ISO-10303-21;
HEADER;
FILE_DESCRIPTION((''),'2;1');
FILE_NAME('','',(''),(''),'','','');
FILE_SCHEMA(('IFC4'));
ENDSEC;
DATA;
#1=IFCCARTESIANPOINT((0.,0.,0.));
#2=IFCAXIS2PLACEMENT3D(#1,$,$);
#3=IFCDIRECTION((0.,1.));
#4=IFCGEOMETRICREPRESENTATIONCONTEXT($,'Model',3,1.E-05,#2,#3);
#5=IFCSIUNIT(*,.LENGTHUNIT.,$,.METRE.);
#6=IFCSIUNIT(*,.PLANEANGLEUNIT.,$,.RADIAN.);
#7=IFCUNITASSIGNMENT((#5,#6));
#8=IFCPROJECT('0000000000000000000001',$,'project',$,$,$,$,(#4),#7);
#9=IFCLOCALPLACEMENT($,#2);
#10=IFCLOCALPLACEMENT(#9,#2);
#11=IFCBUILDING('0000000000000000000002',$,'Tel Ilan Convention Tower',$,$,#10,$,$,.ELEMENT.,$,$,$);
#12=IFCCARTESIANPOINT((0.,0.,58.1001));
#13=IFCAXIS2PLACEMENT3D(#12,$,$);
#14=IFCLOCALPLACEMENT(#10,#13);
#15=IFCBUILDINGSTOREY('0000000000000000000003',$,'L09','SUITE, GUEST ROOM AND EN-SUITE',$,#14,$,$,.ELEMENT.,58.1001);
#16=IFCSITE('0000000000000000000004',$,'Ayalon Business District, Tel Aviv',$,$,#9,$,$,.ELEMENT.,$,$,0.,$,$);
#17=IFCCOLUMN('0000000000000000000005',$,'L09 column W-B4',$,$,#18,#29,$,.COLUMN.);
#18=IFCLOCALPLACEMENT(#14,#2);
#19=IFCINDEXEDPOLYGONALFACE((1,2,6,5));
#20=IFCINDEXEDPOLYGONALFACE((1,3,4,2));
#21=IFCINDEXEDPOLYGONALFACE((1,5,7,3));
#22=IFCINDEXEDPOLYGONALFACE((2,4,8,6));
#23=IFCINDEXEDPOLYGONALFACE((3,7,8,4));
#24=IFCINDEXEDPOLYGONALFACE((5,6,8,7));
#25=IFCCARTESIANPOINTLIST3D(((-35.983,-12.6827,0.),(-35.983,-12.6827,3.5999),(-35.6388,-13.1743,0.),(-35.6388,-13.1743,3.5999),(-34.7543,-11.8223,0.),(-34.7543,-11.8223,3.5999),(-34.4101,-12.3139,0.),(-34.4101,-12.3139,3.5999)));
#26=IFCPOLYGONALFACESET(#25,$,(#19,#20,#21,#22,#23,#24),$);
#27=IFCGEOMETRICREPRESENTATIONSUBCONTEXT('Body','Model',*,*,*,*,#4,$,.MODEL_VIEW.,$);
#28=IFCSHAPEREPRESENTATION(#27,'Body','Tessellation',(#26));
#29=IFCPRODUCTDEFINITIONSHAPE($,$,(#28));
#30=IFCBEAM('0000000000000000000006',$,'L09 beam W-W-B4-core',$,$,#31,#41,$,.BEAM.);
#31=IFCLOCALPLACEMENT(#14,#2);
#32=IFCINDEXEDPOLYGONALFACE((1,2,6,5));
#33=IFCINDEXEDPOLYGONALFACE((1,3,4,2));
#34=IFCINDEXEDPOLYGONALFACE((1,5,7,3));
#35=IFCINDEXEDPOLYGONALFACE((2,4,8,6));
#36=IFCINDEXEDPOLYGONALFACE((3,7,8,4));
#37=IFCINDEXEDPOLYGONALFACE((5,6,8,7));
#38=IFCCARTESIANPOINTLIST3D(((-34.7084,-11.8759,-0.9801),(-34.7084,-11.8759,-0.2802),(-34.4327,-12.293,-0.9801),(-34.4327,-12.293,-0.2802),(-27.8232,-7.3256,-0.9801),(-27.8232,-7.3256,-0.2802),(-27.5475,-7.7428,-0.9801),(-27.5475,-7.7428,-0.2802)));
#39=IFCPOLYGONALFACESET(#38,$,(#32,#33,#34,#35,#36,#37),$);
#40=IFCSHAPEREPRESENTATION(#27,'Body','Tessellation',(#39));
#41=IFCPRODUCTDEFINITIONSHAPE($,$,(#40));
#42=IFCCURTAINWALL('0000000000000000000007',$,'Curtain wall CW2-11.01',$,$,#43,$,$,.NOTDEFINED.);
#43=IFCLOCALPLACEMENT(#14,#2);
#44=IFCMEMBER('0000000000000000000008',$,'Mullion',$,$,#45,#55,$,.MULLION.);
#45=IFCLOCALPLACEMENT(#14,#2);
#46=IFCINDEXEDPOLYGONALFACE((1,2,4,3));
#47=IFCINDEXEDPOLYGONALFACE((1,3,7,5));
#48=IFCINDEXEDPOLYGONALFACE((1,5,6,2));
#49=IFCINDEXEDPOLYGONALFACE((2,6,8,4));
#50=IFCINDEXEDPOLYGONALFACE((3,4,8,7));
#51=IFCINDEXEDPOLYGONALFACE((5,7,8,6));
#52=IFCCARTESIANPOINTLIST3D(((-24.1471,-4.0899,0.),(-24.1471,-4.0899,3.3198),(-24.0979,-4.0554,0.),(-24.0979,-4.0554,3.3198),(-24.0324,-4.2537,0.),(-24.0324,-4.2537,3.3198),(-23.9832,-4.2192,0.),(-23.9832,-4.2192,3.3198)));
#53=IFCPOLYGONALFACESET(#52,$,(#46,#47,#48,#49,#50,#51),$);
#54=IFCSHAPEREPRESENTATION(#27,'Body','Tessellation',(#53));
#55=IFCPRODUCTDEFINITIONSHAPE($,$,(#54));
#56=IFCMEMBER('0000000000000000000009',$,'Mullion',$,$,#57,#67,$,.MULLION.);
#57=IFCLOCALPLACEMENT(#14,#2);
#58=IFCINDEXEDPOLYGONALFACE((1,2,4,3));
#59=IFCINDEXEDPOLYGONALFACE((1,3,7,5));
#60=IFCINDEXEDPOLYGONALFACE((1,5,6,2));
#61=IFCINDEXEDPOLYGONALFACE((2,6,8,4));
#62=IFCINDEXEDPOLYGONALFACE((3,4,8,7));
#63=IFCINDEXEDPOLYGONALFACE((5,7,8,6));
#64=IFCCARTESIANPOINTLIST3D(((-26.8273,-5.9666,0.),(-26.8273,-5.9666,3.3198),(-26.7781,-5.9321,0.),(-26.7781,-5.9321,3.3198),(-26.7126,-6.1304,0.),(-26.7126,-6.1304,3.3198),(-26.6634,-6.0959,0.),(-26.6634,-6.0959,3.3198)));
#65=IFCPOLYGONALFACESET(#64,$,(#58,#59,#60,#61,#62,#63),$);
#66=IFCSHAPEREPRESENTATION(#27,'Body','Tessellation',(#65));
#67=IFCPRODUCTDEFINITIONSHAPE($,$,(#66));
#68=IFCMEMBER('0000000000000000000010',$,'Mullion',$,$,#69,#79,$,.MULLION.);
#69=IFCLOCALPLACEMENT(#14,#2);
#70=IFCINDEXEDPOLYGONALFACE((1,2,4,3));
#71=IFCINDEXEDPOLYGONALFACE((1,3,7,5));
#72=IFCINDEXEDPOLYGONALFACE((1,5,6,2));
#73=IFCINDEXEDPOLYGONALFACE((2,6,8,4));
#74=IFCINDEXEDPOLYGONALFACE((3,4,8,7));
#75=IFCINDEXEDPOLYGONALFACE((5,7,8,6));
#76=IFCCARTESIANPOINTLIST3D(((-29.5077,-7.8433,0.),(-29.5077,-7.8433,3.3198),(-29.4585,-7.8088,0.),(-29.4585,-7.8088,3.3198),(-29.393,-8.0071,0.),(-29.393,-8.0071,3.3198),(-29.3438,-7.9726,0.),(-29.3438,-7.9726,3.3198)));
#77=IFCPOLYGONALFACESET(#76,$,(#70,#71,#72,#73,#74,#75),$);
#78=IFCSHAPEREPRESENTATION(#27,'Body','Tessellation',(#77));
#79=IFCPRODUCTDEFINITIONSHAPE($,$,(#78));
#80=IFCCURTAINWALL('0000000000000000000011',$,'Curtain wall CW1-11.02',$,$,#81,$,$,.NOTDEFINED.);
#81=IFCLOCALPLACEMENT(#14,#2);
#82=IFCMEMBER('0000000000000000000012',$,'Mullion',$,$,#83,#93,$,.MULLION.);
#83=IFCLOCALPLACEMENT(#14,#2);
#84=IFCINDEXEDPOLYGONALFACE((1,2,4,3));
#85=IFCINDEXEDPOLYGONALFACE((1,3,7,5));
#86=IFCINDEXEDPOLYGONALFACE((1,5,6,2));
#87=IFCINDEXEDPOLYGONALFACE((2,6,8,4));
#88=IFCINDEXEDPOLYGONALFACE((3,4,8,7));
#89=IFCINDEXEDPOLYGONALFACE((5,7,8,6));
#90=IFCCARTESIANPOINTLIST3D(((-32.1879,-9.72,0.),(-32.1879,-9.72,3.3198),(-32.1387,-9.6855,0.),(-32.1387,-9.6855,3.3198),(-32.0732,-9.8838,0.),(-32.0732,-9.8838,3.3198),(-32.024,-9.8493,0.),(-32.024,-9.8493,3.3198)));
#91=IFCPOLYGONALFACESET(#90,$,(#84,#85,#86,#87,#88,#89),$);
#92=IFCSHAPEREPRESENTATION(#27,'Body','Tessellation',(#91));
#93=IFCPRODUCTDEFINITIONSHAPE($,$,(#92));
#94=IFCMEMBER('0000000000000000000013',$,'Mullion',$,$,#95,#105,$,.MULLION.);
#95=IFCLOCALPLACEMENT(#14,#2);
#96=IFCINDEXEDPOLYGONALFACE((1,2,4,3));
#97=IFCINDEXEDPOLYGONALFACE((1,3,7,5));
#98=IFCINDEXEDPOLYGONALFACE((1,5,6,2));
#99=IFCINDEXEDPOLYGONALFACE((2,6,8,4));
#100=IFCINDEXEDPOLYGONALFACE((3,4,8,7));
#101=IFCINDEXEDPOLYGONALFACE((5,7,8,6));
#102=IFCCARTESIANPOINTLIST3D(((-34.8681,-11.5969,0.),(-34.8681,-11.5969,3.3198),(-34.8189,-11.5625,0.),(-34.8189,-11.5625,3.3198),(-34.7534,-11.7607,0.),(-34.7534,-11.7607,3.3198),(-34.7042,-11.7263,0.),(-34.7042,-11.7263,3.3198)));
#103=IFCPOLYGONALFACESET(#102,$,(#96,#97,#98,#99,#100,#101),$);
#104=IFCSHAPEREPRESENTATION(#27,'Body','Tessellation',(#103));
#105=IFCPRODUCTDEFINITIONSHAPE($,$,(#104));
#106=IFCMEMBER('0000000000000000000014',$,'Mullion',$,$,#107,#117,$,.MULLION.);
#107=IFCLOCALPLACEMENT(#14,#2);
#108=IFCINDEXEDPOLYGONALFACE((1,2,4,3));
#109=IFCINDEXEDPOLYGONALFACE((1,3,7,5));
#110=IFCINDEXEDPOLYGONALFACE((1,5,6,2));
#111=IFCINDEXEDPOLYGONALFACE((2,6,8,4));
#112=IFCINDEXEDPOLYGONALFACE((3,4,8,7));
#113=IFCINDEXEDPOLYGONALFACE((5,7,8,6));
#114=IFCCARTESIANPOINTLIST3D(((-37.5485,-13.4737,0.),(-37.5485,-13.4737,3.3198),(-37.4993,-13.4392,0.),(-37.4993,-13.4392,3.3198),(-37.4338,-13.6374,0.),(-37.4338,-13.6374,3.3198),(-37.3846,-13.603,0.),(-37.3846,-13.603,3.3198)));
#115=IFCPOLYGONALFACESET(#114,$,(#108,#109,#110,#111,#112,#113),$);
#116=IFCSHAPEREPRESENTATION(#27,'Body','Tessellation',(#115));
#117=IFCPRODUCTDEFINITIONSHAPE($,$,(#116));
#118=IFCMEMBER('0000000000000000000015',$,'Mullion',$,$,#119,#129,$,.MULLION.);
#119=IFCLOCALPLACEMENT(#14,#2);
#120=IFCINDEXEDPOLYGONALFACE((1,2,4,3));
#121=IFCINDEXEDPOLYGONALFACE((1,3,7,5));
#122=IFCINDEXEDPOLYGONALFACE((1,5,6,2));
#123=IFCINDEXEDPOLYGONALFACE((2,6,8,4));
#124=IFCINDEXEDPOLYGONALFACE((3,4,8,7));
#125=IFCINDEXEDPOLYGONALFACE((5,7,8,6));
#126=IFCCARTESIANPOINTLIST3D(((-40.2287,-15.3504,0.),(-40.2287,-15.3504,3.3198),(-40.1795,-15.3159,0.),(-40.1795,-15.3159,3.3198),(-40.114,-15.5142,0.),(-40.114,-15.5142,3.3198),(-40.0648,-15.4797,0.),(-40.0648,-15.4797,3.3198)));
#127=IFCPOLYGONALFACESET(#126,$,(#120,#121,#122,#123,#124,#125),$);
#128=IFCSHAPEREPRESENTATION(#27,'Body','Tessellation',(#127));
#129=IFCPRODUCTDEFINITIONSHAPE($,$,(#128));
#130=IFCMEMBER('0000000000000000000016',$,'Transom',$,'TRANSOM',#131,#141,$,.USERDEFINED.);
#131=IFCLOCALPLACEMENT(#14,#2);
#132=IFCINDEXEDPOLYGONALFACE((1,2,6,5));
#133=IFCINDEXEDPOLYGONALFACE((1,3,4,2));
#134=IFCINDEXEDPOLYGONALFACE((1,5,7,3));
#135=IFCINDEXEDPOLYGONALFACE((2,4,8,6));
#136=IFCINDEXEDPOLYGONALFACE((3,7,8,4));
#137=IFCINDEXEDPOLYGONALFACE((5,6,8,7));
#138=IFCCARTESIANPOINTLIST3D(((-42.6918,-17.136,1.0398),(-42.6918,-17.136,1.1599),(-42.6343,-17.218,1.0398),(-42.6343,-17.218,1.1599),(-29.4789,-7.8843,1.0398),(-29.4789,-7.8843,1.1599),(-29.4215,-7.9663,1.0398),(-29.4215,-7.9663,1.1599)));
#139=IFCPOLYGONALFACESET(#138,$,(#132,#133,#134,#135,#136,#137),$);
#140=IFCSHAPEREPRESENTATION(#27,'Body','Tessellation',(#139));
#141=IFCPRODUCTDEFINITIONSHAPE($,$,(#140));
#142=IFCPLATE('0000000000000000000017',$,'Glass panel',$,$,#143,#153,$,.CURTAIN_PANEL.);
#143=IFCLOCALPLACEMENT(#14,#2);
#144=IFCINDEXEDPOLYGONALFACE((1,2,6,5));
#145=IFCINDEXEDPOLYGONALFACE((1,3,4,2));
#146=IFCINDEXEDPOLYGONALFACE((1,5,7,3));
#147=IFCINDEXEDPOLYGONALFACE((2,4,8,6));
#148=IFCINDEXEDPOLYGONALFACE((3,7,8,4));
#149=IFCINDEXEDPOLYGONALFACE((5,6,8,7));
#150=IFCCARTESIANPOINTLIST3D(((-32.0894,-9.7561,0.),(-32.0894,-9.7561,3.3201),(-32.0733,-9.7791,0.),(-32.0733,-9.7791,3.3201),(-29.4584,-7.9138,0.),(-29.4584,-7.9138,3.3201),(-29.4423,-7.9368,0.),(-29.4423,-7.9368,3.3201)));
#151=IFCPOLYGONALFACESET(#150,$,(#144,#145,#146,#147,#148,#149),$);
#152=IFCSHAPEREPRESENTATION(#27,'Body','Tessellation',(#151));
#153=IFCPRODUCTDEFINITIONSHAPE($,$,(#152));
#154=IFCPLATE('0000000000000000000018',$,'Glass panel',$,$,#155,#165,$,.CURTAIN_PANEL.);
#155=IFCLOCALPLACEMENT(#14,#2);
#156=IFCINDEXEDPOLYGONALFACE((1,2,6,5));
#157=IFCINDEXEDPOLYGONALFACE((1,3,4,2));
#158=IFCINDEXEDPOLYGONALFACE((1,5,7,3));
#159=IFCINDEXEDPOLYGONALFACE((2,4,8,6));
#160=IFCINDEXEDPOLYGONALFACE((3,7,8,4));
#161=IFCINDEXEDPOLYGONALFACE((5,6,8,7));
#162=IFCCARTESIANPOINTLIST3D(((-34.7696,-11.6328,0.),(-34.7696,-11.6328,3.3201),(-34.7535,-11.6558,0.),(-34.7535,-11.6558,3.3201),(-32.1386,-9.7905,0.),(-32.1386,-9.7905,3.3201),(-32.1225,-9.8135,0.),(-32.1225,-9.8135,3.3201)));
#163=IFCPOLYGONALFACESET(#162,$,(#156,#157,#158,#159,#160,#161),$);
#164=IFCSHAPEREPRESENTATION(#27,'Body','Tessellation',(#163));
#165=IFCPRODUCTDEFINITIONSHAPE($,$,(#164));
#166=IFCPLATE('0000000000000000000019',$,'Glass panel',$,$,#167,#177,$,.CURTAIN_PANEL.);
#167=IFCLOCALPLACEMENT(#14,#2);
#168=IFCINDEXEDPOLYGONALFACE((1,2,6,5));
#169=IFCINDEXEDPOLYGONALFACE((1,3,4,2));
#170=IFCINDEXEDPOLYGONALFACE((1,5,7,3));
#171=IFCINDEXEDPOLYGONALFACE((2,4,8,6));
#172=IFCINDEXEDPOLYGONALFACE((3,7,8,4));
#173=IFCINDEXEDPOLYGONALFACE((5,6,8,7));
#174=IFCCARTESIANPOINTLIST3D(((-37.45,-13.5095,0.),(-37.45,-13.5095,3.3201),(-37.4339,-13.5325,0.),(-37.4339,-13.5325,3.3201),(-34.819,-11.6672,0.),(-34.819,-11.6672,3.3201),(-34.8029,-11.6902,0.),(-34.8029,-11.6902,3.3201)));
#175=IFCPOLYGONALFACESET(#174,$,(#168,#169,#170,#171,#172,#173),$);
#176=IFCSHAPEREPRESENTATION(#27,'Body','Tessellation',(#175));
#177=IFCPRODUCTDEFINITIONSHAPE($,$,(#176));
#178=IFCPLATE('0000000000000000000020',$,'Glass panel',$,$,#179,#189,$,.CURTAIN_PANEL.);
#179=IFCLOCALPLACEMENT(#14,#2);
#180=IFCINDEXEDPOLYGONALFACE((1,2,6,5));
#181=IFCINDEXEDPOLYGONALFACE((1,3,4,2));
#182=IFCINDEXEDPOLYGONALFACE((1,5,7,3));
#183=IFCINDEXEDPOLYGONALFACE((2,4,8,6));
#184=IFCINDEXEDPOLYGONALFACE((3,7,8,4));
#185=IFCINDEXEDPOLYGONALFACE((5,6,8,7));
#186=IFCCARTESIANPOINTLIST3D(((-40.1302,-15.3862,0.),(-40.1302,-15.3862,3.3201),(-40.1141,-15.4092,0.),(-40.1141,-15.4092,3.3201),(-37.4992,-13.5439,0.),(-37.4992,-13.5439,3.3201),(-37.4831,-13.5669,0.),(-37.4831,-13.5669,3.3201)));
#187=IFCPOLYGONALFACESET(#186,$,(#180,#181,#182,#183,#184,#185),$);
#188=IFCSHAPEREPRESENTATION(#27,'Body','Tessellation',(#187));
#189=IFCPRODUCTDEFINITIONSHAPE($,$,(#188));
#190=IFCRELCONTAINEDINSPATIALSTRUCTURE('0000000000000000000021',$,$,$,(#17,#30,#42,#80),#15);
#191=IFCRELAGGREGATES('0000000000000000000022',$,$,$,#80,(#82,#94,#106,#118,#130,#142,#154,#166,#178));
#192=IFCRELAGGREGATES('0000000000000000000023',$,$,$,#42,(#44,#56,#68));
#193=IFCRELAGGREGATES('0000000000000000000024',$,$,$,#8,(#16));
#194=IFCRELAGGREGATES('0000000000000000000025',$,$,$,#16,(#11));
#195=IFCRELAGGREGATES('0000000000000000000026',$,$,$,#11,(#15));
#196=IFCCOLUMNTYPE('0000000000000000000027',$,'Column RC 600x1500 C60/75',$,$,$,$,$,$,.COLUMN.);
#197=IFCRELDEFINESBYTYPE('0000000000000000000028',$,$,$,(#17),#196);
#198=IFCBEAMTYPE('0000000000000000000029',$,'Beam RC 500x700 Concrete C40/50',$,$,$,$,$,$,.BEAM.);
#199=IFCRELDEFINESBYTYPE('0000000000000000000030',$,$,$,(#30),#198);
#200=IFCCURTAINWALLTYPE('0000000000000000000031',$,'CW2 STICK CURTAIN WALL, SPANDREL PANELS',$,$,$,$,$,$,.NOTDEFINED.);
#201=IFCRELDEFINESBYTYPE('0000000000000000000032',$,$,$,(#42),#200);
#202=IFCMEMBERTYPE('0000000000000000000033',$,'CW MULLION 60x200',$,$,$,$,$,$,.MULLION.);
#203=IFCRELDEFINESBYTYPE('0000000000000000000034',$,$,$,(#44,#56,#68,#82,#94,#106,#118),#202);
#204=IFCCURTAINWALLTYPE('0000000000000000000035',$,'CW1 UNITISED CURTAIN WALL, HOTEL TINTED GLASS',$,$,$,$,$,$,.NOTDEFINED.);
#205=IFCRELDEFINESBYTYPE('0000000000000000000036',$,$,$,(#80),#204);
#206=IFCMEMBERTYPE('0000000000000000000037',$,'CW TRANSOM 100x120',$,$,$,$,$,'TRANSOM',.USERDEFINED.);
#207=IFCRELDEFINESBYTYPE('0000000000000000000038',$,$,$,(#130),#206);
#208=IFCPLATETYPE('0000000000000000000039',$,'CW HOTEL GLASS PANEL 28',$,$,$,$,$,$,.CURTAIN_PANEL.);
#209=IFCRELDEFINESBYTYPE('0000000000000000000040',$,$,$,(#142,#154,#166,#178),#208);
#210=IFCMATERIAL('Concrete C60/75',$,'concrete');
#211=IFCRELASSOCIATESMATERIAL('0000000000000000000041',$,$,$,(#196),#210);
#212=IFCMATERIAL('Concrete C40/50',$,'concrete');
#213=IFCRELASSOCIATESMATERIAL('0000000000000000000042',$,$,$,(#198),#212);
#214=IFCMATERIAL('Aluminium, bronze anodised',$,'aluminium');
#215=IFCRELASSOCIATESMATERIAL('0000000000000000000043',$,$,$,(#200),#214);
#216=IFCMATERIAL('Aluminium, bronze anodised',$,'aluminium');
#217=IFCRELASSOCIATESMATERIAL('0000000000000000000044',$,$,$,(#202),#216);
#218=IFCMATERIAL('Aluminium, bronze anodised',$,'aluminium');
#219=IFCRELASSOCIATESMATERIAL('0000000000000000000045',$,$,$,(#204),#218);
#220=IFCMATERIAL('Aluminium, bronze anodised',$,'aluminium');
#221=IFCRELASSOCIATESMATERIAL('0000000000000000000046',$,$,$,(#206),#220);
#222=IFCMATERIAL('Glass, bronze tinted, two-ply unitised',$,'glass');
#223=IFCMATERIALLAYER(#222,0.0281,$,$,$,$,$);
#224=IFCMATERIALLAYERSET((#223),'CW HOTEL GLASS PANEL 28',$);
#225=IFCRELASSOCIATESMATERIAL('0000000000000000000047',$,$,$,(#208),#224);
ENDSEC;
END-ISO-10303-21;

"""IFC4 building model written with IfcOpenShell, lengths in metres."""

from ifc_helpers import new_model, si_unit, direction, frame, origin, origin_2d, place, context, subcontext, project, spatial, rectangle, extrude, material, layer, layer_set, material_profile, profile_set, type_object, element, aggregate, save


model = new_model("IFC4")

# Units and contexts
model_context = context("Model", 3, precision=1e-05, world=origin(), true_north=direction((0.0, 1.0)))
body_context = subcontext(model_context, "Body", "Model", "MODEL_VIEW")
ifc_project = project(units=[si_unit("LENGTHUNIT", "METRE"), si_unit("PLANEANGLEUNIT", "RADIAN")], contexts=[model_context])

# Site, building, storey
site_placement = place(None, origin())
site = spatial("IfcSite", under=ifc_project, at=site_placement, Name="Ayalon Business District, Tel Aviv", CompositionType="ELEMENT", RefElevation=0.0)
building_placement = place(site_placement, origin())
building = spatial("IfcBuilding", under=site, at=building_placement, Name="Tel Ilan Convention Tower", CompositionType="ELEMENT")
storey_placement = place(building_placement, frame((0.0, 0.0, 58.1001)))
storey = spatial("IfcBuildingStorey", under=building, at=storey_placement, Name="L09", Description="SUITE, GUEST ROOM AND EN-SUITE", CompositionType="ELEMENT", Elevation=58.1001)

# Column
ifc_material_1 = material(Name="Concrete C60/75", Category="concrete")
ifc_material_profile_1 = material_profile(ifc_material_1, rectangle(XDim=1.5, YDim=0.6001, at=origin_2d()), Name="RC 600x1500")
ifc_profile_set_1 = profile_set([ifc_material_profile_1], Name="Concrete C60/75")
column_type = type_object("IfcColumnType", Name="Column RC 600x1500 C60/75", PredefinedType="COLUMN", material=ifc_profile_set_1)
column_placement = place(storey_placement, frame((-35.1965, -12.4983, 0.0), z_axis=(0.0, 0.0, 1.0), x_axis=(-0.819152, -0.573576, 0.0)))
element("IfcColumn", 1, at=column_placement, inside=storey, type_object=column_type, Name="L09 column W-B4", PredefinedType="COLUMN", context=body_context, shape_type="SweptSolid", body=[
    extrude(rectangle(XDim=1.5, YDim=0.6001, at=origin_2d()), origin(), (0.0, 0.0, 1.0), 3.5999),
])

# Beam
ifc_material_2 = material(Name="Concrete C40/50", Category="concrete")
ifc_material_profile_2 = material_profile(ifc_material_2, rectangle(XDim=0.5, YDim=0.7, at=origin_2d()), Name="RC 500x700")
ifc_profile_set_2 = profile_set([ifc_material_profile_2], Name="Concrete C40/50")
beam_type = type_object("IfcBeamType", Name="Beam RC 500x700 Concrete C40/50", PredefinedType="BEAM", material=ifc_profile_set_2)
beam_placement = place(storey_placement, frame((-34.5706, -12.0845, -0.6301), z_axis=(0.834274, 0.551351, 0.0), x_axis=(-0.551351, 0.834274, 0.0)))
element("IfcBeam", 2, at=beam_placement, inside=storey, type_object=beam_type, Name="L09 beam W-W-B4-core", PredefinedType="BEAM", context=body_context, shape_type="SweptSolid", body=[
    extrude(rectangle(XDim=0.5, YDim=0.7, at=origin_2d()), origin(), (0.0, 0.0, 1.0), 8.2529),
])

# Curtain wall, members
ifc_material_3 = material(Name="Aluminium, bronze anodised", Category="aluminium")
curtain_wall_type_1 = type_object("IfcCurtainWallType", Name="CW2 STICK CURTAIN WALL, SPANDREL PANELS", PredefinedType="NOTDEFINED", material=ifc_material_3)
curtain_wall_1_placement = place(storey_placement, origin())
curtain_wall_1 = element("IfcCurtainWall", 3, at=curtain_wall_1_placement, inside=storey, type_object=curtain_wall_type_1, Name="Curtain wall CW2-11.01", PredefinedType="NOTDEFINED")
ifc_material_4 = material(Name="Aluminium, bronze anodised", Category="aluminium")
ifc_material_profile_3 = material_profile(ifc_material_4, rectangle(XDim=0.0601, YDim=0.2, at=origin_2d()), Name="CW MULLION 60x200")
ifc_profile_set_3 = profile_set([ifc_material_profile_3], Name="Aluminium, bronze anodised")
member_type_1 = type_object("IfcMemberType", Name="CW MULLION 60x200", PredefinedType="MULLION", material=ifc_profile_set_3)
member_1_placement = place(storey_placement, frame((-24.0652, -4.1545, 0.0), z_axis=(0.0, 0.0, 1.0), x_axis=(-0.819152, -0.573576, 0.0)))
member_1 = element("IfcMember", 4, at=member_1_placement, type_object=member_type_1, Name="Mullion", PredefinedType="MULLION", context=body_context, shape_type="SweptSolid", body=[
    extrude(rectangle(XDim=0.0601, YDim=0.2, at=origin_2d()), origin(), (0.0, 0.0, 1.0), 3.3198),
])
member_2_placement = place(storey_placement, frame((-26.7454, -6.0312, 0.0), z_axis=(0.0, 0.0, 1.0), x_axis=(-0.819152, -0.573576, 0.0)))
member_2 = element("IfcMember", 5, at=member_2_placement, type_object=member_type_1, Name="Mullion", PredefinedType="MULLION", context=body_context, shape_type="SweptSolid", body=[
    extrude(rectangle(XDim=0.0601, YDim=0.2, at=origin_2d()), origin(), (0.0, 0.0, 1.0), 3.3198),
])
member_3_placement = place(storey_placement, frame((-29.4258, -7.908, 0.0), z_axis=(0.0, 0.0, 1.0), x_axis=(-0.819152, -0.573576, 0.0)))
member_3 = element("IfcMember", 6, at=member_3_placement, type_object=member_type_1, Name="Mullion", PredefinedType="MULLION", context=body_context, shape_type="SweptSolid", body=[
    extrude(rectangle(XDim=0.0601, YDim=0.2, at=origin_2d()), origin(), (0.0, 0.0, 1.0), 3.3198),
])

# Curtain wall, members, plates
ifc_material_5 = material(Name="Aluminium, bronze anodised", Category="aluminium")
curtain_wall_type_2 = type_object("IfcCurtainWallType", Name="CW1 UNITISED CURTAIN WALL, HOTEL TINTED GLASS", PredefinedType="NOTDEFINED", material=ifc_material_5)
curtain_wall_2_placement = place(storey_placement, origin())
curtain_wall_2 = element("IfcCurtainWall", 7, at=curtain_wall_2_placement, inside=storey, type_object=curtain_wall_type_2, Name="Curtain wall CW1-11.02", PredefinedType="NOTDEFINED")
member_4_placement = place(storey_placement, frame((-32.106, -9.7847, 0.0), z_axis=(0.0, 0.0, 1.0), x_axis=(-0.819152, -0.573576, 0.0)))
member_4 = element("IfcMember", 8, at=member_4_placement, type_object=member_type_1, Name="Mullion", PredefinedType="MULLION", context=body_context, shape_type="SweptSolid", body=[
    extrude(rectangle(XDim=0.0601, YDim=0.2, at=origin_2d()), origin(), (0.0, 0.0, 1.0), 3.3198),
])
member_5_placement = place(storey_placement, frame((-34.7861, -11.6616, 0.0), z_axis=(0.0, 0.0, 1.0), x_axis=(-0.819152, -0.573576, 0.0)))
member_5 = element("IfcMember", 9, at=member_5_placement, type_object=member_type_1, Name="Mullion", PredefinedType="MULLION", context=body_context, shape_type="SweptSolid", body=[
    extrude(rectangle(XDim=0.0601, YDim=0.2, at=origin_2d()), origin(), (0.0, 0.0, 1.0), 3.3198),
])
member_6_placement = place(storey_placement, frame((-37.4666, -13.5383, 0.0), z_axis=(0.0, 0.0, 1.0), x_axis=(-0.819152, -0.573576, 0.0)))
member_6 = element("IfcMember", 10, at=member_6_placement, type_object=member_type_1, Name="Mullion", PredefinedType="MULLION", context=body_context, shape_type="SweptSolid", body=[
    extrude(rectangle(XDim=0.0601, YDim=0.2, at=origin_2d()), origin(), (0.0, 0.0, 1.0), 3.3198),
])
member_7_placement = place(storey_placement, frame((-40.1467, -15.415, 0.0), z_axis=(0.0, 0.0, 1.0), x_axis=(-0.819152, -0.573576, 0.0)))
member_7 = element("IfcMember", 11, at=member_7_placement, type_object=member_type_1, Name="Mullion", PredefinedType="MULLION", context=body_context, shape_type="SweptSolid", body=[
    extrude(rectangle(XDim=0.0601, YDim=0.2, at=origin_2d()), origin(), (0.0, 0.0, 1.0), 3.3198),
])
ifc_material_6 = material(Name="Aluminium, bronze anodised", Category="aluminium")
ifc_material_profile_4 = material_profile(ifc_material_6, rectangle(XDim=0.1001, YDim=0.1201, at=origin_2d()), Name="CW TRANSOM 100x120")
ifc_profile_set_4 = profile_set([ifc_material_profile_4], Name="Aluminium, bronze anodised")
member_type_2 = type_object("IfcMemberType", Name="CW TRANSOM 100x120", ElementType="TRANSOM", PredefinedType="USERDEFINED", material=ifc_profile_set_4)
member_8_placement = place(storey_placement, frame((-29.4502, -7.9253, 1.0999), z_axis=(-0.819154, -0.573574, 0.0), x_axis=(0.573574, -0.819154, 0.0)))
member_8 = element("IfcMember", 12, at=member_8_placement, type_object=member_type_2, Name="Transom", ObjectType="TRANSOM", PredefinedType="USERDEFINED", context=body_context, shape_type="SweptSolid", body=[
    extrude(rectangle(XDim=0.1001, YDim=0.1201, at=origin_2d()), origin(), (0.0, 0.0, 1.0), 16.1299),
])
ifc_material_7 = material(Name="Glass, bronze tinted, two-ply unitised", Category="glass")
ifc_layer_1 = layer(ifc_material_7, 0.0281)
ifc_layer_set_1 = layer_set([ifc_layer_1], Name="CW HOTEL GLASS PANEL 28")
plate_type_1 = type_object("IfcPlateType", Name="CW HOTEL GLASS PANEL 28", PredefinedType="CURTAIN_PANEL", material=ifc_layer_set_1)
plate_1_placement = place(storey_placement, frame((-30.7659, -8.8464, 0.0), z_axis=(0.0, 0.0, 1.0), x_axis=(-0.819152, -0.573576, 0.0)))
plate_1 = element("IfcPlate", 13, at=plate_1_placement, type_object=plate_type_1, Name="Glass panel", PredefinedType="CURTAIN_PANEL", context=body_context, shape_type="SweptSolid", body=[
    extrude(rectangle(XDim=3.2119, YDim=0.0281, at=origin_2d()), origin(), (0.0, 0.0, 1.0), 3.3201),
])
plate_2_placement = place(storey_placement, frame((-33.446, -10.7231, 0.0), z_axis=(0.0, 0.0, 1.0), x_axis=(-0.819152, -0.573576, 0.0)))
plate_2 = element("IfcPlate", 14, at=plate_2_placement, type_object=plate_type_1, Name="Glass panel", PredefinedType="CURTAIN_PANEL", context=body_context, shape_type="SweptSolid", body=[
    extrude(rectangle(XDim=3.2119, YDim=0.0281, at=origin_2d()), origin(), (0.0, 0.0, 1.0), 3.3201),
])
plate_3_placement = place(storey_placement, frame((-36.1265, -12.5999, 0.0), z_axis=(0.0, 0.0, 1.0), x_axis=(-0.819152, -0.573576, 0.0)))
plate_3 = element("IfcPlate", 15, at=plate_3_placement, type_object=plate_type_1, Name="Glass panel", PredefinedType="CURTAIN_PANEL", context=body_context, shape_type="SweptSolid", body=[
    extrude(rectangle(XDim=3.2119, YDim=0.0281, at=origin_2d()), origin(), (0.0, 0.0, 1.0), 3.3201),
])
plate_4_placement = place(storey_placement, frame((-38.8066, -14.4766, 0.0), z_axis=(0.0, 0.0, 1.0), x_axis=(-0.819152, -0.573576, 0.0)))
plate_4 = element("IfcPlate", 16, at=plate_4_placement, type_object=plate_type_1, Name="Glass panel", PredefinedType="CURTAIN_PANEL", context=body_context, shape_type="SweptSolid", body=[
    extrude(rectangle(XDim=3.2119, YDim=0.0281, at=origin_2d()), origin(), (0.0, 0.0, 1.0), 3.3201),
])
aggregate(curtain_wall_2, [member_4, member_5, member_6, member_7, member_8, plate_1, plate_2, plate_3, plate_4])

aggregate(curtain_wall_1, [member_1, member_2, member_3])

save(model, "model.ifc")
